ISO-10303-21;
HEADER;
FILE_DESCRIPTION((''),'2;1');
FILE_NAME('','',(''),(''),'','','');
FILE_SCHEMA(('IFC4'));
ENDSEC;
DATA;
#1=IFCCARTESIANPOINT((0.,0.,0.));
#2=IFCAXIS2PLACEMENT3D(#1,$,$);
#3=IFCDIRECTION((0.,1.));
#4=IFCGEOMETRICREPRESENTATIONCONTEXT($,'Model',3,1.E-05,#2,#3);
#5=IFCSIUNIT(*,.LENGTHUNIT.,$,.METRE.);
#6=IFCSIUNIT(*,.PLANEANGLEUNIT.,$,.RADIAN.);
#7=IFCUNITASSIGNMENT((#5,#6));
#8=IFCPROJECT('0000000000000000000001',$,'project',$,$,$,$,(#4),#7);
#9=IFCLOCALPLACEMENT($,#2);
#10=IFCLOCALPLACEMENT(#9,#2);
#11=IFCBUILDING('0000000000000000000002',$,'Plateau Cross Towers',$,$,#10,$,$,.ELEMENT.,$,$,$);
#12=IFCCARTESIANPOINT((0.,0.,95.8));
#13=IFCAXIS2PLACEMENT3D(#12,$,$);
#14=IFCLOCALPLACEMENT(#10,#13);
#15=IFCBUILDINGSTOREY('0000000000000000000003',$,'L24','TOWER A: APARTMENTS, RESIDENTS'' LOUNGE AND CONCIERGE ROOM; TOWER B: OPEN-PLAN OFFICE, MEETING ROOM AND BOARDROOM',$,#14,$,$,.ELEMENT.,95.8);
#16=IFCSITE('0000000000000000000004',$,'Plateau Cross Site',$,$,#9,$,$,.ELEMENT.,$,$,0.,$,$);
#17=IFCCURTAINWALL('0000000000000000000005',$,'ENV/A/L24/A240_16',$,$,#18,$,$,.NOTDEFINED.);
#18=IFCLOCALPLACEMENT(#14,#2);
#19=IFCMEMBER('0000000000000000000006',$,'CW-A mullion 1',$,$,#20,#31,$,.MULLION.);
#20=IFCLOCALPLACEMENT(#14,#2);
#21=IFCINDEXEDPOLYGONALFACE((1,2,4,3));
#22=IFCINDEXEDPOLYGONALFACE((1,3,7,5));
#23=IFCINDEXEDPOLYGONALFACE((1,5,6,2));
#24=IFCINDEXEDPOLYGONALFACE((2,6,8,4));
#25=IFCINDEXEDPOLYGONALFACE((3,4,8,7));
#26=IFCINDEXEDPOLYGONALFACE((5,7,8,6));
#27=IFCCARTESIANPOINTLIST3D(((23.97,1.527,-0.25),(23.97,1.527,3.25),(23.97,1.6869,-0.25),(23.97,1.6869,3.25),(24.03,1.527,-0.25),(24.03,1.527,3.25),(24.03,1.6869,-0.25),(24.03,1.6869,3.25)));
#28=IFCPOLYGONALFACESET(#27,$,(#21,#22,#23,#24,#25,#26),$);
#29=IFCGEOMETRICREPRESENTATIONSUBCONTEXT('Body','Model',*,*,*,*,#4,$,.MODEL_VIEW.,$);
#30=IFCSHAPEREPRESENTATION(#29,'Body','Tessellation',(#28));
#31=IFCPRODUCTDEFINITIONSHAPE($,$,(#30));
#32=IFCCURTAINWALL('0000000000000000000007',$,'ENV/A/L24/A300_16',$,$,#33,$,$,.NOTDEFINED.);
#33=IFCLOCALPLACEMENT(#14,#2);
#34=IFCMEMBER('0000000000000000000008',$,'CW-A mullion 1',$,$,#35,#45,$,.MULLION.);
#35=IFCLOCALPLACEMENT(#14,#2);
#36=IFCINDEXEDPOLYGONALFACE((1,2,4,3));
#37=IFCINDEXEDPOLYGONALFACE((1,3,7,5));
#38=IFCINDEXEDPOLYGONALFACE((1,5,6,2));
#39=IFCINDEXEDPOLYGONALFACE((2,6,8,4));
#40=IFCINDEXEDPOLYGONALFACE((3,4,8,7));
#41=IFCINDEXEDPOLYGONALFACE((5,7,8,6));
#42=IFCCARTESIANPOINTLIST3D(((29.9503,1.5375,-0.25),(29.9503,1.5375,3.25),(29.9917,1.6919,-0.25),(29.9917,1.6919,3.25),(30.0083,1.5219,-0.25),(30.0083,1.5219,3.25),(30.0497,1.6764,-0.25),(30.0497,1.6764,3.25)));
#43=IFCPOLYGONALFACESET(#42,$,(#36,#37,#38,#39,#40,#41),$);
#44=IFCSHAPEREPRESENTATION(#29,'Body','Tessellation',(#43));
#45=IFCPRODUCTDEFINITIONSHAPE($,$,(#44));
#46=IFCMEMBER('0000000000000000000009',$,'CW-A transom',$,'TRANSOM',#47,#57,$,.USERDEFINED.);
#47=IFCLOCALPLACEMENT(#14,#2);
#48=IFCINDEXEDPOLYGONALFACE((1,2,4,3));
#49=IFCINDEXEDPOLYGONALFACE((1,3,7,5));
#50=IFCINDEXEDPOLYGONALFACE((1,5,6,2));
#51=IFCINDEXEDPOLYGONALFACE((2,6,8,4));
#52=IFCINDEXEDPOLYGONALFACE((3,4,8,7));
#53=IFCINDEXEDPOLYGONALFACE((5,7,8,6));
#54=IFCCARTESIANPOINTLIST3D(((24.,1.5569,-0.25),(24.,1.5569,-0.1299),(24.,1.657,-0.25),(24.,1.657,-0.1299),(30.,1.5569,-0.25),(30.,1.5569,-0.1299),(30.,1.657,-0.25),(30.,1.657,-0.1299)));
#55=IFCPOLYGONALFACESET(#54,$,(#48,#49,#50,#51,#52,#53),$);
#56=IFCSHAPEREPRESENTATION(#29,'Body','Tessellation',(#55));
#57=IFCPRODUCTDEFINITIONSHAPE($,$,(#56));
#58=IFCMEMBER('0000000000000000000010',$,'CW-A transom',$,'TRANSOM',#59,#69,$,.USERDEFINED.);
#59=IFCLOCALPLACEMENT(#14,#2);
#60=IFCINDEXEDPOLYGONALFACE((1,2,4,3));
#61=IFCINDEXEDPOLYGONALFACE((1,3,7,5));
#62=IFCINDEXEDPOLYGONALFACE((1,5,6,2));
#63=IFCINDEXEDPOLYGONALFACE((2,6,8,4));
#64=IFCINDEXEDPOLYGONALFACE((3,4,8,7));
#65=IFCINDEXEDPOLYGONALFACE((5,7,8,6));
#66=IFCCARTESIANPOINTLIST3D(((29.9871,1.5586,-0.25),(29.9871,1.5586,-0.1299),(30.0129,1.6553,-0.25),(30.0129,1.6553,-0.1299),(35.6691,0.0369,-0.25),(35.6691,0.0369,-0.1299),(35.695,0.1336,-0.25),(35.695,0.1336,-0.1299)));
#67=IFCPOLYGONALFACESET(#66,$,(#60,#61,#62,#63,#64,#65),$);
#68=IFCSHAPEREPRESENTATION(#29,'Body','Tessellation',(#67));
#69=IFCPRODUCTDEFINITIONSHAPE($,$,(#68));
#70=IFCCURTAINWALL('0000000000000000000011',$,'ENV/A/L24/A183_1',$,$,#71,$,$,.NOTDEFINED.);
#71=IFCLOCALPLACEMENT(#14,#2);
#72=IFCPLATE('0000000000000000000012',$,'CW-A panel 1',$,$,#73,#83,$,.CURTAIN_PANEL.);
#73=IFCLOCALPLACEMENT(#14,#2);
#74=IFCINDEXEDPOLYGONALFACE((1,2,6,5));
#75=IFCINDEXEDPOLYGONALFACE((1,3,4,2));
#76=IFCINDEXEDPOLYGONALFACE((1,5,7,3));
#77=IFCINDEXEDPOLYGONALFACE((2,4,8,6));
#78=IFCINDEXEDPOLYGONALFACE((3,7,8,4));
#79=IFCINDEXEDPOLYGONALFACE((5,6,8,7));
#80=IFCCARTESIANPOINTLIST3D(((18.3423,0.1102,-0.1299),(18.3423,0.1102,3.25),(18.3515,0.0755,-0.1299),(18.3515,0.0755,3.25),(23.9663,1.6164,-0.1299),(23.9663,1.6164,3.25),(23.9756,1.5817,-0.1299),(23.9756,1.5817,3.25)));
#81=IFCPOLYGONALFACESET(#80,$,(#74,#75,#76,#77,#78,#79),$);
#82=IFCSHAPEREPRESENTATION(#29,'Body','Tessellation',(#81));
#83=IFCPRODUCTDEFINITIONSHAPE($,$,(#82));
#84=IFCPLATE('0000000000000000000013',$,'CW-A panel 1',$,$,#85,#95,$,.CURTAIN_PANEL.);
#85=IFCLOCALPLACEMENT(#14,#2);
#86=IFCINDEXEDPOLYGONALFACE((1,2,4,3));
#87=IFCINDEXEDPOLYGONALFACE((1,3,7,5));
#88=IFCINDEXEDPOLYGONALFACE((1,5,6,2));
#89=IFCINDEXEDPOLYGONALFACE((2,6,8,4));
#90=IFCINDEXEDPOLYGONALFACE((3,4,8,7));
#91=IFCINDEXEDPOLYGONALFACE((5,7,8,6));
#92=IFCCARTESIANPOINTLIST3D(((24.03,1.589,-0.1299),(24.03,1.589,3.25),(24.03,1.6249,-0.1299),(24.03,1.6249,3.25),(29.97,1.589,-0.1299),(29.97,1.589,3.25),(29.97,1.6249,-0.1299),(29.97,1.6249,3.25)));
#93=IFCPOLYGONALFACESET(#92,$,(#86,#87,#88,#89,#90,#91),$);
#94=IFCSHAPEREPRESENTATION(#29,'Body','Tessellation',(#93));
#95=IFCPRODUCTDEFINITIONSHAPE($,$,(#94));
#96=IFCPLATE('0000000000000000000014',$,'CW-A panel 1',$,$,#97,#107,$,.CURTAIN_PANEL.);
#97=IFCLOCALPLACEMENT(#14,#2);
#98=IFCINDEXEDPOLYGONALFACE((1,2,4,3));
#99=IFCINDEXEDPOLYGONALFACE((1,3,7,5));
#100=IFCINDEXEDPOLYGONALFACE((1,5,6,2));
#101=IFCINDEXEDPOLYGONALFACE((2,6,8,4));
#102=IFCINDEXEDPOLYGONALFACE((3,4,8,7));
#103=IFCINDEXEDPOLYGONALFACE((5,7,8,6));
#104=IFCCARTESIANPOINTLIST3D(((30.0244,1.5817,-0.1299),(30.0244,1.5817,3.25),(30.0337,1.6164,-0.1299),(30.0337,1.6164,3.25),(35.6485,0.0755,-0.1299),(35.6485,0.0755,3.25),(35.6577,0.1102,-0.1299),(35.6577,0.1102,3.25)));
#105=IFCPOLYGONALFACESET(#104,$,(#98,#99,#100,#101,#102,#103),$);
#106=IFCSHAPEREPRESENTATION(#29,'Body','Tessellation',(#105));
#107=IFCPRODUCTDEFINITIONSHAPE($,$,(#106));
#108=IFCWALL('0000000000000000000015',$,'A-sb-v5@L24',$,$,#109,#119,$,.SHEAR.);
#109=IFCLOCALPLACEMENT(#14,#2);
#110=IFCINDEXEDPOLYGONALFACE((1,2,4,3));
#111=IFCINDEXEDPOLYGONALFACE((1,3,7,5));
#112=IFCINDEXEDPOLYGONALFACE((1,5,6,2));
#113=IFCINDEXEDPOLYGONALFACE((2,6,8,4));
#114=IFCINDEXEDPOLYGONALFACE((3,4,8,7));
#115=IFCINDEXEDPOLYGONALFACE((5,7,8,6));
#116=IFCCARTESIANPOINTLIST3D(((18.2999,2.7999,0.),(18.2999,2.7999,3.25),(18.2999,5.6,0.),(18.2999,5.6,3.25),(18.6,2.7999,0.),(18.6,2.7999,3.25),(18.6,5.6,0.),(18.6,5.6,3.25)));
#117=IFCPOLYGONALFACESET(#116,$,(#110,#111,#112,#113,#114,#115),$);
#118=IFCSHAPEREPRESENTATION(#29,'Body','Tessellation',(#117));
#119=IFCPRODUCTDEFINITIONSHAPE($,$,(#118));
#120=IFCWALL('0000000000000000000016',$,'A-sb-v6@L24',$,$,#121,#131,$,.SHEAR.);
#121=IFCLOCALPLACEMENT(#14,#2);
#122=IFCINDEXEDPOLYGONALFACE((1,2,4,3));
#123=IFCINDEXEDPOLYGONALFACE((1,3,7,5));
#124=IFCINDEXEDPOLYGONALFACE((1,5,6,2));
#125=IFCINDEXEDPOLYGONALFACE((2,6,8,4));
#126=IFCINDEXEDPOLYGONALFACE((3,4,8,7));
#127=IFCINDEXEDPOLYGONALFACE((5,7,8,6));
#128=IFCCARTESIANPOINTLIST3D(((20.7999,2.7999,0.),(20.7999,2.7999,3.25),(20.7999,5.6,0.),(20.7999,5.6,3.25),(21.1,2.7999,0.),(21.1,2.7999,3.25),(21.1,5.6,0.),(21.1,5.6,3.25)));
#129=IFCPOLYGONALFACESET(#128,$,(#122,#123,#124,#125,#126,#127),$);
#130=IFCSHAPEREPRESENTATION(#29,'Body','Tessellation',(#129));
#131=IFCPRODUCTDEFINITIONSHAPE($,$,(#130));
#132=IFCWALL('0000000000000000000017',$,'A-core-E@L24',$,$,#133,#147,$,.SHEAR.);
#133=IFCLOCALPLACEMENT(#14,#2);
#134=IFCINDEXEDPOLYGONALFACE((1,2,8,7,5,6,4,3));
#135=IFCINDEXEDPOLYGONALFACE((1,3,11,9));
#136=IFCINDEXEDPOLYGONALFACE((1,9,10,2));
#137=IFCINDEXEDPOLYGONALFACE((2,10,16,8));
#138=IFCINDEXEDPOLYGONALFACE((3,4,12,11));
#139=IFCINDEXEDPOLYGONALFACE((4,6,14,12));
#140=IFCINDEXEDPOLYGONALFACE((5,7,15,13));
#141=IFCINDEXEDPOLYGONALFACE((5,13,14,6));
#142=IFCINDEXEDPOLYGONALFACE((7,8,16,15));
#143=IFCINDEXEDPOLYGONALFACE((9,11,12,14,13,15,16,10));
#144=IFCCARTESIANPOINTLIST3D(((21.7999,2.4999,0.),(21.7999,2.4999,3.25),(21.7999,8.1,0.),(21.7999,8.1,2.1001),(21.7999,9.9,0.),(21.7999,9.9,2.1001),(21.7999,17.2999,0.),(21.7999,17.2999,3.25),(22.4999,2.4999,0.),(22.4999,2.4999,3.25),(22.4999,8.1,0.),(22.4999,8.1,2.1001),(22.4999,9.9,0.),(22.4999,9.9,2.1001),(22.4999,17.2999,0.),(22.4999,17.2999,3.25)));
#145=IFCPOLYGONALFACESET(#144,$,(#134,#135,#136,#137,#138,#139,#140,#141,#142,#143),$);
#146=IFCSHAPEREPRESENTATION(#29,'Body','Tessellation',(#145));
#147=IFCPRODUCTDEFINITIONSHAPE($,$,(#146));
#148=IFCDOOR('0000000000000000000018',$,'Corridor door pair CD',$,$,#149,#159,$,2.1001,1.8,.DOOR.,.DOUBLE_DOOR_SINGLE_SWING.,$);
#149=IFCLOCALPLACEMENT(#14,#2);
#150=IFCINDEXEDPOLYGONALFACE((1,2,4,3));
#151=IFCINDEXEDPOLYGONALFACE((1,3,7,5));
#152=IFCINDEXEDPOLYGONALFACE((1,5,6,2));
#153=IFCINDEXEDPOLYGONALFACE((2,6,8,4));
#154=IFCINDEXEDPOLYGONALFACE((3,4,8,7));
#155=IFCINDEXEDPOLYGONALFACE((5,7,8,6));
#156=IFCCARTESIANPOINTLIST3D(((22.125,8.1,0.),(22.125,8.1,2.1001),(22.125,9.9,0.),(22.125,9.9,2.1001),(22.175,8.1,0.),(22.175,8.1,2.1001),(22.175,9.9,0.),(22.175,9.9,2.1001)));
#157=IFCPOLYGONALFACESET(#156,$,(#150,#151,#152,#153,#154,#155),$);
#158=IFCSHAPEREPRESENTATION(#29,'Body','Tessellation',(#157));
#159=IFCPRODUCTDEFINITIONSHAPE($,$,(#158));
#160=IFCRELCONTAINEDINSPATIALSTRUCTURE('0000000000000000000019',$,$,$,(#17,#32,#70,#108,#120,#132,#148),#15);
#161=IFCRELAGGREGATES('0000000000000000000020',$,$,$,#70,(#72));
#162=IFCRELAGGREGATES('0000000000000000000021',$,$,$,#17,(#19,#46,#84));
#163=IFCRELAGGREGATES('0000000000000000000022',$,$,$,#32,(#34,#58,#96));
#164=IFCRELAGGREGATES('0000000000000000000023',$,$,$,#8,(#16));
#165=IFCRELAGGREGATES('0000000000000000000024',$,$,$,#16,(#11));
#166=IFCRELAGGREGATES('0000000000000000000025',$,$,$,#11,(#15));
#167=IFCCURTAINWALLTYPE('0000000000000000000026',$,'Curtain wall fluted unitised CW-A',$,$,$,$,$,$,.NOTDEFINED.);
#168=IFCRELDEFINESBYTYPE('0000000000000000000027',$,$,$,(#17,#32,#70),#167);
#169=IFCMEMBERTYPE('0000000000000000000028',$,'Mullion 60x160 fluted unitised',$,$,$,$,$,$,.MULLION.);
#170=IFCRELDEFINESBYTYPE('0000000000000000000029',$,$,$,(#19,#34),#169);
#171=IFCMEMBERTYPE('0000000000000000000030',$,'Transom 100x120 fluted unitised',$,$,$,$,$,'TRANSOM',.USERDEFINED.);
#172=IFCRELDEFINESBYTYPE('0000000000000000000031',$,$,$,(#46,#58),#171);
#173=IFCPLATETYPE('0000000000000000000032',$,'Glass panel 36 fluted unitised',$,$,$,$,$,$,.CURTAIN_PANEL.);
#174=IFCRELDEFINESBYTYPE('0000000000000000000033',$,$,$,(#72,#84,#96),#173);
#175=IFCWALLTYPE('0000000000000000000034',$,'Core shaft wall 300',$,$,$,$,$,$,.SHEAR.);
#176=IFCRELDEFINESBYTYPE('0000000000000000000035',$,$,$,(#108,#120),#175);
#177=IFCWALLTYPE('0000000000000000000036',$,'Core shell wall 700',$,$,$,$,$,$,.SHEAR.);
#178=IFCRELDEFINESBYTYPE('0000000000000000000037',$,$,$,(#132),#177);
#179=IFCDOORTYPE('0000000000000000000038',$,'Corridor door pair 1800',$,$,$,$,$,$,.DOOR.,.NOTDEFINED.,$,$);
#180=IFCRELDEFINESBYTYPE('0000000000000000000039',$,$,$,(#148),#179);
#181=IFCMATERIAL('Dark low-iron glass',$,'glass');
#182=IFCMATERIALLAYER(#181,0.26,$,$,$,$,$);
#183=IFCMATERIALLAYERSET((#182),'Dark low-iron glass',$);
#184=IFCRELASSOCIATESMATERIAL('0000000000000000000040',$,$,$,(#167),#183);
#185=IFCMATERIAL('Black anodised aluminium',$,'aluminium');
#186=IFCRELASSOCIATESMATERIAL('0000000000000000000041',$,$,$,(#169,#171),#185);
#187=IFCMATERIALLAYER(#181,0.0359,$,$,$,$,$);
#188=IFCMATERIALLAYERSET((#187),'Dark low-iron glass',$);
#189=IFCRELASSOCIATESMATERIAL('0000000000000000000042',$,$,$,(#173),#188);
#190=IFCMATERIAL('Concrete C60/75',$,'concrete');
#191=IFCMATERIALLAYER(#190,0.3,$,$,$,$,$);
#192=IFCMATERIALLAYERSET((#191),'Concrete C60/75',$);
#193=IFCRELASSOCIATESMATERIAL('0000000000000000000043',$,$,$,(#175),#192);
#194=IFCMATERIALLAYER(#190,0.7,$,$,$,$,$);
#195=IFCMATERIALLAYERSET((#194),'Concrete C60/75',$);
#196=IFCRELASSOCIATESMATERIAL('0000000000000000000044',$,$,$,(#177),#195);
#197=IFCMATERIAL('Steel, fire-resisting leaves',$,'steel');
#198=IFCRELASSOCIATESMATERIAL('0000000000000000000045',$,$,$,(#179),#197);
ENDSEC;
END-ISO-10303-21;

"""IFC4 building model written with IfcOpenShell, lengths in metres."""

from ifc_helpers import new_model, si_unit, direction, frame, frame_2d, origin, origin_2d, place, context, subcontext, project, spatial, rectangle, extrude, material, layer, layer_set, material_profile, profile_set, type_object, element, fill, aggregate, save


model = new_model("IFC4")

# Units and contexts
model_context = context("Model", 3, precision=1e-05, world=origin(), true_north=direction((0.0, 1.0)))
body_context = subcontext(model_context, "Body", "Model", "MODEL_VIEW")
ifc_project = project(units=[si_unit("LENGTHUNIT", "METRE"), si_unit("PLANEANGLEUNIT", "RADIAN")], contexts=[model_context])

# Site, building, storey
site_placement = place(None, origin())
site = spatial("IfcSite", under=ifc_project, at=site_placement, Name="Plateau Cross Site", CompositionType="ELEMENT", RefElevation=0.0)
building_placement = place(site_placement, origin())
building = spatial("IfcBuilding", under=site, at=building_placement, Name="Plateau Cross Towers", CompositionType="ELEMENT")
storey_placement = place(building_placement, frame((0.0, 0.0, 95.8)))
storey = spatial("IfcBuildingStorey", under=building, at=storey_placement, Name="L24", Description="TOWER A: APARTMENTS, RESIDENTS' LOUNGE AND CONCIERGE ROOM; TOWER B: OPEN-PLAN OFFICE, MEETING ROOM AND BOARDROOM", CompositionType="ELEMENT", Elevation=95.8)

# Curtain walls, members
ifc_material_1 = material(Name="Dark low-iron glass", Category="glass")
ifc_layer_1 = layer(ifc_material_1, 0.26)
ifc_layer_set_1 = layer_set([ifc_layer_1], Name="Dark low-iron glass")
curtain_wall_type = type_object("IfcCurtainWallType", Name="Curtain wall fluted unitised CW-A", PredefinedType="NOTDEFINED", material=ifc_layer_set_1)
curtain_wall_1_placement = place(storey_placement, origin())
curtain_wall_1 = element("IfcCurtainWall", 1, at=curtain_wall_1_placement, inside=storey, type_object=curtain_wall_type, Name="ENV/A/L24/A240_16", PredefinedType="NOTDEFINED")
ifc_material_2 = material(Name="Black anodised aluminium", Category="aluminium")
ifc_material_profile_1 = material_profile(ifc_material_2, rectangle(XDim=0.0601, YDim=0.1599, at=origin_2d()), Name="MULLION 60x160")
ifc_profile_set_1 = profile_set([ifc_material_profile_1], Name="Black anodised aluminium")
member_type_1 = type_object("IfcMemberType", Name="Mullion 60x160 fluted unitised", PredefinedType="MULLION", material=ifc_profile_set_1)
member_1_placement = place(storey_placement, frame((24.0, 1.6069, -0.25), z_axis=(0.0, 0.0, 1.0), x_axis=(1.0, 0.0, 0.0)))
member_1 = element("IfcMember", 2, at=member_1_placement, type_object=member_type_1, Name="CW-A mullion 1", PredefinedType="MULLION", context=body_context, shape_type="SweptSolid", body=[
    extrude(rectangle(XDim=0.0601, YDim=0.1599, at=origin_2d()), origin(), (0.0, 0.0, 1.0), 3.5),
])
curtain_wall_2_placement = place(storey_placement, origin())
curtain_wall_2 = element("IfcCurtainWall", 3, at=curtain_wall_2_placement, inside=storey, type_object=curtain_wall_type, Name="ENV/A/L24/A300_16", PredefinedType="NOTDEFINED")
member_2_placement = place(storey_placement, frame((30.0, 1.6069, -0.25), z_axis=(0.0, 0.0, 1.0), x_axis=(0.965958, -0.258699, 0.0)))
member_2 = element("IfcMember", 4, at=member_2_placement, type_object=member_type_1, Name="CW-A mullion 1", PredefinedType="MULLION", context=body_context, shape_type="SweptSolid", body=[
    extrude(rectangle(XDim=0.0601, YDim=0.1599, at=origin_2d()), origin(), (0.0, 0.0, 1.0), 3.5),
])

# Members
ifc_material_profile_2 = material_profile(ifc_material_2, rectangle(XDim=0.1001, YDim=0.1201, at=origin_2d()), Name="TRANSOM 100x120")
ifc_profile_set_2 = profile_set([ifc_material_profile_2], Name="Black anodised aluminium")
member_type_2 = type_object("IfcMemberType", Name="Transom 100x120 fluted unitised", ElementType="TRANSOM", PredefinedType="USERDEFINED", material=ifc_profile_set_2)
member_3_placement = place(storey_placement, frame((24.0, 1.6069, -0.1899), z_axis=(1.0, 0.0, 0.0), x_axis=(0.0, 1.0, 0.0)))
member_3 = element("IfcMember", 5, at=member_3_placement, type_object=member_type_2, Name="CW-A transom", ObjectType="TRANSOM", PredefinedType="USERDEFINED", context=body_context, shape_type="SweptSolid", body=[
    extrude(rectangle(XDim=0.1001, YDim=0.1201, at=origin_2d()), origin(), (0.0, 0.0, 1.0), 6.0),
])
member_4_placement = place(storey_placement, frame((30.0, 1.6069, -0.1899), z_axis=(0.96596, -0.258693, 0.0), x_axis=(0.258693, 0.96596, 0.0)))
member_4 = element("IfcMember", 6, at=member_4_placement, type_object=member_type_2, Name="CW-A transom", ObjectType="TRANSOM", PredefinedType="USERDEFINED", context=body_context, shape_type="SweptSolid", body=[
    extrude(rectangle(XDim=0.1001, YDim=0.1201, at=origin_2d()), origin(), (0.0, 0.0, 1.0), 5.8823),
])

# Curtain wall, plate
curtain_wall_3_placement = place(storey_placement, origin())
curtain_wall_3 = element("IfcCurtainWall", 7, at=curtain_wall_3_placement, inside=storey, type_object=curtain_wall_type, Name="ENV/A/L24/A183_1", PredefinedType="NOTDEFINED")
ifc_layer_2 = layer(ifc_material_1, 0.0359)
ifc_layer_set_2 = layer_set([ifc_layer_2], Name="Dark low-iron glass")
plate_type = type_object("IfcPlateType", Name="Glass panel 36 fluted unitised", PredefinedType="CURTAIN_PANEL", material=ifc_layer_set_2)
plate_1_placement = place(storey_placement, frame((21.1589, 0.8459, -0.1299), z_axis=(0.0, 0.0, 1.0), x_axis=(0.965958, 0.258699, 0.0)))
plate_1 = element("IfcPlate", 8, at=plate_1_placement, type_object=plate_type, Name="CW-A panel 1", PredefinedType="CURTAIN_PANEL", context=body_context, shape_type="SweptSolid", body=[
    extrude(rectangle(XDim=5.8223, YDim=0.0359, at=origin_2d()), origin(), (0.0, 0.0, 1.0), 3.3799),
])
aggregate(curtain_wall_3, [plate_1])

# Plates
plate_2_placement = place(storey_placement, frame((27.0, 1.6069, -0.1299), z_axis=(0.0, 0.0, 1.0), x_axis=(1.0, 0.0, 0.0)))
plate_2 = element("IfcPlate", 9, at=plate_2_placement, type_object=plate_type, Name="CW-A panel 1", PredefinedType="CURTAIN_PANEL", context=body_context, shape_type="SweptSolid", body=[
    extrude(rectangle(XDim=5.9399, YDim=0.0359, at=origin_2d()), origin(), (0.0, 0.0, 1.0), 3.3799),
])
aggregate(curtain_wall_1, [member_1, member_3, plate_2])
plate_3_placement = place(storey_placement, frame((32.8411, 0.8459, -0.1299), z_axis=(0.0, 0.0, 1.0), x_axis=(0.965958, -0.258699, 0.0)))
plate_3 = element("IfcPlate", 10, at=plate_3_placement, type_object=plate_type, Name="CW-A panel 1", PredefinedType="CURTAIN_PANEL", context=body_context, shape_type="SweptSolid", body=[
    extrude(rectangle(XDim=5.8223, YDim=0.0359, at=origin_2d()), origin(), (0.0, 0.0, 1.0), 3.3799),
])
aggregate(curtain_wall_2, [member_2, member_4, plate_3])

# Walls
ifc_material_3 = material(Name="Concrete C60/75", Category="concrete")
ifc_layer_3 = layer(ifc_material_3, 0.3)
ifc_layer_set_3 = layer_set([ifc_layer_3], Name="Concrete C60/75")
wall_type_1 = type_object("IfcWallType", Name="Core shaft wall 300", PredefinedType="SHEAR", material=ifc_layer_set_3)
for number, where, z_axis, x_axis, name in (
    (11, (18.45, 2.8, 0.0), (0.0, 0.0, 1.0), (0.0, 1.0, 0.0), "A-sb-v5@L24"),
    (12, (20.95, 2.8, 0.0), (0.0, 0.0, 1.0), (0.0, 1.0, 0.0), "A-sb-v6@L24"),
):
    element("IfcWall", number, at=place(storey_placement, frame(where, z_axis=z_axis, x_axis=x_axis)), inside=storey, type_object=wall_type_1, Name=name, PredefinedType="SHEAR", context=body_context, shape_type="SweptSolid", body=[
        extrude(rectangle(XDim=2.8, YDim=0.3, at=frame_2d((1.3999, 0.0))), origin(), (0.0, 0.0, 1.0), 3.25),
    ])

# Wall, opening, door
ifc_layer_4 = layer(ifc_material_3, 0.7)
ifc_layer_set_4 = layer_set([ifc_layer_4], Name="Concrete C60/75")
wall_type_2 = type_object("IfcWallType", Name="Core shell wall 700", PredefinedType="SHEAR", material=ifc_layer_set_4)
wall_1_placement = place(storey_placement, frame((22.1499, 2.5, 0.0), z_axis=(0.0, 0.0, 1.0), x_axis=(0.0, 1.0, 0.0)))
wall_1 = element("IfcWall", 13, at=wall_1_placement, inside=storey, type_object=wall_type_2, Name="A-core-E@L24", PredefinedType="SHEAR", context=body_context, shape_type="SweptSolid", body=[
    extrude(rectangle(XDim=14.8, YDim=0.7, at=frame_2d((7.3999, 0.0))), origin(), (0.0, 0.0, 1.0), 3.25),
])
opening_1_placement = place(wall_1_placement, frame((5.6001, 0.0, 0.0)))
opening_1 = element("IfcOpeningElement", 14, at=opening_1_placement, cuts=wall_1, PredefinedType="OPENING", context=body_context, shape_type="SweptSolid", body=[
    extrude(rectangle(XDim=1.8, YDim=2.1001, at=frame_2d((0.8999, 1.05))), frame((0.0, 0.3599, 0.0), z_axis=(0.0, -1.0, 0.0), x_axis=(1.0, 0.0, 0.0)), (0.0, 0.0, 1.0), 0.72),
])
ifc_material_4 = material(Name="Steel, fire-resisting leaves", Category="steel")
door_type_1 = type_object("IfcDoorType", Name="Corridor door pair 1800", OperationType="NOTDEFINED", PredefinedType="DOOR", material=ifc_material_4)
door_1_placement = place(opening_1_placement, origin())
door_1 = element("IfcDoor", 15, at=door_1_placement, inside=storey, type_object=door_type_1, Name="Corridor door pair CD", OperationType="DOUBLE_DOOR_SINGLE_SWING", OverallHeight=2.1001, OverallWidth=1.8, PredefinedType="DOOR", context=body_context, shape_type="SweptSolid", body=[
    extrude(rectangle(XDim=1.8, YDim=2.1001, at=frame_2d((0.8999, 1.05))), frame((0.0, 0.0249, 0.0), z_axis=(0.0, -1.0, 0.0), x_axis=(1.0, 0.0, 0.0)), (0.0, 0.0, 1.0), 0.05),
])
fill(opening_1, door_1)

save(model, "model.ifc")
